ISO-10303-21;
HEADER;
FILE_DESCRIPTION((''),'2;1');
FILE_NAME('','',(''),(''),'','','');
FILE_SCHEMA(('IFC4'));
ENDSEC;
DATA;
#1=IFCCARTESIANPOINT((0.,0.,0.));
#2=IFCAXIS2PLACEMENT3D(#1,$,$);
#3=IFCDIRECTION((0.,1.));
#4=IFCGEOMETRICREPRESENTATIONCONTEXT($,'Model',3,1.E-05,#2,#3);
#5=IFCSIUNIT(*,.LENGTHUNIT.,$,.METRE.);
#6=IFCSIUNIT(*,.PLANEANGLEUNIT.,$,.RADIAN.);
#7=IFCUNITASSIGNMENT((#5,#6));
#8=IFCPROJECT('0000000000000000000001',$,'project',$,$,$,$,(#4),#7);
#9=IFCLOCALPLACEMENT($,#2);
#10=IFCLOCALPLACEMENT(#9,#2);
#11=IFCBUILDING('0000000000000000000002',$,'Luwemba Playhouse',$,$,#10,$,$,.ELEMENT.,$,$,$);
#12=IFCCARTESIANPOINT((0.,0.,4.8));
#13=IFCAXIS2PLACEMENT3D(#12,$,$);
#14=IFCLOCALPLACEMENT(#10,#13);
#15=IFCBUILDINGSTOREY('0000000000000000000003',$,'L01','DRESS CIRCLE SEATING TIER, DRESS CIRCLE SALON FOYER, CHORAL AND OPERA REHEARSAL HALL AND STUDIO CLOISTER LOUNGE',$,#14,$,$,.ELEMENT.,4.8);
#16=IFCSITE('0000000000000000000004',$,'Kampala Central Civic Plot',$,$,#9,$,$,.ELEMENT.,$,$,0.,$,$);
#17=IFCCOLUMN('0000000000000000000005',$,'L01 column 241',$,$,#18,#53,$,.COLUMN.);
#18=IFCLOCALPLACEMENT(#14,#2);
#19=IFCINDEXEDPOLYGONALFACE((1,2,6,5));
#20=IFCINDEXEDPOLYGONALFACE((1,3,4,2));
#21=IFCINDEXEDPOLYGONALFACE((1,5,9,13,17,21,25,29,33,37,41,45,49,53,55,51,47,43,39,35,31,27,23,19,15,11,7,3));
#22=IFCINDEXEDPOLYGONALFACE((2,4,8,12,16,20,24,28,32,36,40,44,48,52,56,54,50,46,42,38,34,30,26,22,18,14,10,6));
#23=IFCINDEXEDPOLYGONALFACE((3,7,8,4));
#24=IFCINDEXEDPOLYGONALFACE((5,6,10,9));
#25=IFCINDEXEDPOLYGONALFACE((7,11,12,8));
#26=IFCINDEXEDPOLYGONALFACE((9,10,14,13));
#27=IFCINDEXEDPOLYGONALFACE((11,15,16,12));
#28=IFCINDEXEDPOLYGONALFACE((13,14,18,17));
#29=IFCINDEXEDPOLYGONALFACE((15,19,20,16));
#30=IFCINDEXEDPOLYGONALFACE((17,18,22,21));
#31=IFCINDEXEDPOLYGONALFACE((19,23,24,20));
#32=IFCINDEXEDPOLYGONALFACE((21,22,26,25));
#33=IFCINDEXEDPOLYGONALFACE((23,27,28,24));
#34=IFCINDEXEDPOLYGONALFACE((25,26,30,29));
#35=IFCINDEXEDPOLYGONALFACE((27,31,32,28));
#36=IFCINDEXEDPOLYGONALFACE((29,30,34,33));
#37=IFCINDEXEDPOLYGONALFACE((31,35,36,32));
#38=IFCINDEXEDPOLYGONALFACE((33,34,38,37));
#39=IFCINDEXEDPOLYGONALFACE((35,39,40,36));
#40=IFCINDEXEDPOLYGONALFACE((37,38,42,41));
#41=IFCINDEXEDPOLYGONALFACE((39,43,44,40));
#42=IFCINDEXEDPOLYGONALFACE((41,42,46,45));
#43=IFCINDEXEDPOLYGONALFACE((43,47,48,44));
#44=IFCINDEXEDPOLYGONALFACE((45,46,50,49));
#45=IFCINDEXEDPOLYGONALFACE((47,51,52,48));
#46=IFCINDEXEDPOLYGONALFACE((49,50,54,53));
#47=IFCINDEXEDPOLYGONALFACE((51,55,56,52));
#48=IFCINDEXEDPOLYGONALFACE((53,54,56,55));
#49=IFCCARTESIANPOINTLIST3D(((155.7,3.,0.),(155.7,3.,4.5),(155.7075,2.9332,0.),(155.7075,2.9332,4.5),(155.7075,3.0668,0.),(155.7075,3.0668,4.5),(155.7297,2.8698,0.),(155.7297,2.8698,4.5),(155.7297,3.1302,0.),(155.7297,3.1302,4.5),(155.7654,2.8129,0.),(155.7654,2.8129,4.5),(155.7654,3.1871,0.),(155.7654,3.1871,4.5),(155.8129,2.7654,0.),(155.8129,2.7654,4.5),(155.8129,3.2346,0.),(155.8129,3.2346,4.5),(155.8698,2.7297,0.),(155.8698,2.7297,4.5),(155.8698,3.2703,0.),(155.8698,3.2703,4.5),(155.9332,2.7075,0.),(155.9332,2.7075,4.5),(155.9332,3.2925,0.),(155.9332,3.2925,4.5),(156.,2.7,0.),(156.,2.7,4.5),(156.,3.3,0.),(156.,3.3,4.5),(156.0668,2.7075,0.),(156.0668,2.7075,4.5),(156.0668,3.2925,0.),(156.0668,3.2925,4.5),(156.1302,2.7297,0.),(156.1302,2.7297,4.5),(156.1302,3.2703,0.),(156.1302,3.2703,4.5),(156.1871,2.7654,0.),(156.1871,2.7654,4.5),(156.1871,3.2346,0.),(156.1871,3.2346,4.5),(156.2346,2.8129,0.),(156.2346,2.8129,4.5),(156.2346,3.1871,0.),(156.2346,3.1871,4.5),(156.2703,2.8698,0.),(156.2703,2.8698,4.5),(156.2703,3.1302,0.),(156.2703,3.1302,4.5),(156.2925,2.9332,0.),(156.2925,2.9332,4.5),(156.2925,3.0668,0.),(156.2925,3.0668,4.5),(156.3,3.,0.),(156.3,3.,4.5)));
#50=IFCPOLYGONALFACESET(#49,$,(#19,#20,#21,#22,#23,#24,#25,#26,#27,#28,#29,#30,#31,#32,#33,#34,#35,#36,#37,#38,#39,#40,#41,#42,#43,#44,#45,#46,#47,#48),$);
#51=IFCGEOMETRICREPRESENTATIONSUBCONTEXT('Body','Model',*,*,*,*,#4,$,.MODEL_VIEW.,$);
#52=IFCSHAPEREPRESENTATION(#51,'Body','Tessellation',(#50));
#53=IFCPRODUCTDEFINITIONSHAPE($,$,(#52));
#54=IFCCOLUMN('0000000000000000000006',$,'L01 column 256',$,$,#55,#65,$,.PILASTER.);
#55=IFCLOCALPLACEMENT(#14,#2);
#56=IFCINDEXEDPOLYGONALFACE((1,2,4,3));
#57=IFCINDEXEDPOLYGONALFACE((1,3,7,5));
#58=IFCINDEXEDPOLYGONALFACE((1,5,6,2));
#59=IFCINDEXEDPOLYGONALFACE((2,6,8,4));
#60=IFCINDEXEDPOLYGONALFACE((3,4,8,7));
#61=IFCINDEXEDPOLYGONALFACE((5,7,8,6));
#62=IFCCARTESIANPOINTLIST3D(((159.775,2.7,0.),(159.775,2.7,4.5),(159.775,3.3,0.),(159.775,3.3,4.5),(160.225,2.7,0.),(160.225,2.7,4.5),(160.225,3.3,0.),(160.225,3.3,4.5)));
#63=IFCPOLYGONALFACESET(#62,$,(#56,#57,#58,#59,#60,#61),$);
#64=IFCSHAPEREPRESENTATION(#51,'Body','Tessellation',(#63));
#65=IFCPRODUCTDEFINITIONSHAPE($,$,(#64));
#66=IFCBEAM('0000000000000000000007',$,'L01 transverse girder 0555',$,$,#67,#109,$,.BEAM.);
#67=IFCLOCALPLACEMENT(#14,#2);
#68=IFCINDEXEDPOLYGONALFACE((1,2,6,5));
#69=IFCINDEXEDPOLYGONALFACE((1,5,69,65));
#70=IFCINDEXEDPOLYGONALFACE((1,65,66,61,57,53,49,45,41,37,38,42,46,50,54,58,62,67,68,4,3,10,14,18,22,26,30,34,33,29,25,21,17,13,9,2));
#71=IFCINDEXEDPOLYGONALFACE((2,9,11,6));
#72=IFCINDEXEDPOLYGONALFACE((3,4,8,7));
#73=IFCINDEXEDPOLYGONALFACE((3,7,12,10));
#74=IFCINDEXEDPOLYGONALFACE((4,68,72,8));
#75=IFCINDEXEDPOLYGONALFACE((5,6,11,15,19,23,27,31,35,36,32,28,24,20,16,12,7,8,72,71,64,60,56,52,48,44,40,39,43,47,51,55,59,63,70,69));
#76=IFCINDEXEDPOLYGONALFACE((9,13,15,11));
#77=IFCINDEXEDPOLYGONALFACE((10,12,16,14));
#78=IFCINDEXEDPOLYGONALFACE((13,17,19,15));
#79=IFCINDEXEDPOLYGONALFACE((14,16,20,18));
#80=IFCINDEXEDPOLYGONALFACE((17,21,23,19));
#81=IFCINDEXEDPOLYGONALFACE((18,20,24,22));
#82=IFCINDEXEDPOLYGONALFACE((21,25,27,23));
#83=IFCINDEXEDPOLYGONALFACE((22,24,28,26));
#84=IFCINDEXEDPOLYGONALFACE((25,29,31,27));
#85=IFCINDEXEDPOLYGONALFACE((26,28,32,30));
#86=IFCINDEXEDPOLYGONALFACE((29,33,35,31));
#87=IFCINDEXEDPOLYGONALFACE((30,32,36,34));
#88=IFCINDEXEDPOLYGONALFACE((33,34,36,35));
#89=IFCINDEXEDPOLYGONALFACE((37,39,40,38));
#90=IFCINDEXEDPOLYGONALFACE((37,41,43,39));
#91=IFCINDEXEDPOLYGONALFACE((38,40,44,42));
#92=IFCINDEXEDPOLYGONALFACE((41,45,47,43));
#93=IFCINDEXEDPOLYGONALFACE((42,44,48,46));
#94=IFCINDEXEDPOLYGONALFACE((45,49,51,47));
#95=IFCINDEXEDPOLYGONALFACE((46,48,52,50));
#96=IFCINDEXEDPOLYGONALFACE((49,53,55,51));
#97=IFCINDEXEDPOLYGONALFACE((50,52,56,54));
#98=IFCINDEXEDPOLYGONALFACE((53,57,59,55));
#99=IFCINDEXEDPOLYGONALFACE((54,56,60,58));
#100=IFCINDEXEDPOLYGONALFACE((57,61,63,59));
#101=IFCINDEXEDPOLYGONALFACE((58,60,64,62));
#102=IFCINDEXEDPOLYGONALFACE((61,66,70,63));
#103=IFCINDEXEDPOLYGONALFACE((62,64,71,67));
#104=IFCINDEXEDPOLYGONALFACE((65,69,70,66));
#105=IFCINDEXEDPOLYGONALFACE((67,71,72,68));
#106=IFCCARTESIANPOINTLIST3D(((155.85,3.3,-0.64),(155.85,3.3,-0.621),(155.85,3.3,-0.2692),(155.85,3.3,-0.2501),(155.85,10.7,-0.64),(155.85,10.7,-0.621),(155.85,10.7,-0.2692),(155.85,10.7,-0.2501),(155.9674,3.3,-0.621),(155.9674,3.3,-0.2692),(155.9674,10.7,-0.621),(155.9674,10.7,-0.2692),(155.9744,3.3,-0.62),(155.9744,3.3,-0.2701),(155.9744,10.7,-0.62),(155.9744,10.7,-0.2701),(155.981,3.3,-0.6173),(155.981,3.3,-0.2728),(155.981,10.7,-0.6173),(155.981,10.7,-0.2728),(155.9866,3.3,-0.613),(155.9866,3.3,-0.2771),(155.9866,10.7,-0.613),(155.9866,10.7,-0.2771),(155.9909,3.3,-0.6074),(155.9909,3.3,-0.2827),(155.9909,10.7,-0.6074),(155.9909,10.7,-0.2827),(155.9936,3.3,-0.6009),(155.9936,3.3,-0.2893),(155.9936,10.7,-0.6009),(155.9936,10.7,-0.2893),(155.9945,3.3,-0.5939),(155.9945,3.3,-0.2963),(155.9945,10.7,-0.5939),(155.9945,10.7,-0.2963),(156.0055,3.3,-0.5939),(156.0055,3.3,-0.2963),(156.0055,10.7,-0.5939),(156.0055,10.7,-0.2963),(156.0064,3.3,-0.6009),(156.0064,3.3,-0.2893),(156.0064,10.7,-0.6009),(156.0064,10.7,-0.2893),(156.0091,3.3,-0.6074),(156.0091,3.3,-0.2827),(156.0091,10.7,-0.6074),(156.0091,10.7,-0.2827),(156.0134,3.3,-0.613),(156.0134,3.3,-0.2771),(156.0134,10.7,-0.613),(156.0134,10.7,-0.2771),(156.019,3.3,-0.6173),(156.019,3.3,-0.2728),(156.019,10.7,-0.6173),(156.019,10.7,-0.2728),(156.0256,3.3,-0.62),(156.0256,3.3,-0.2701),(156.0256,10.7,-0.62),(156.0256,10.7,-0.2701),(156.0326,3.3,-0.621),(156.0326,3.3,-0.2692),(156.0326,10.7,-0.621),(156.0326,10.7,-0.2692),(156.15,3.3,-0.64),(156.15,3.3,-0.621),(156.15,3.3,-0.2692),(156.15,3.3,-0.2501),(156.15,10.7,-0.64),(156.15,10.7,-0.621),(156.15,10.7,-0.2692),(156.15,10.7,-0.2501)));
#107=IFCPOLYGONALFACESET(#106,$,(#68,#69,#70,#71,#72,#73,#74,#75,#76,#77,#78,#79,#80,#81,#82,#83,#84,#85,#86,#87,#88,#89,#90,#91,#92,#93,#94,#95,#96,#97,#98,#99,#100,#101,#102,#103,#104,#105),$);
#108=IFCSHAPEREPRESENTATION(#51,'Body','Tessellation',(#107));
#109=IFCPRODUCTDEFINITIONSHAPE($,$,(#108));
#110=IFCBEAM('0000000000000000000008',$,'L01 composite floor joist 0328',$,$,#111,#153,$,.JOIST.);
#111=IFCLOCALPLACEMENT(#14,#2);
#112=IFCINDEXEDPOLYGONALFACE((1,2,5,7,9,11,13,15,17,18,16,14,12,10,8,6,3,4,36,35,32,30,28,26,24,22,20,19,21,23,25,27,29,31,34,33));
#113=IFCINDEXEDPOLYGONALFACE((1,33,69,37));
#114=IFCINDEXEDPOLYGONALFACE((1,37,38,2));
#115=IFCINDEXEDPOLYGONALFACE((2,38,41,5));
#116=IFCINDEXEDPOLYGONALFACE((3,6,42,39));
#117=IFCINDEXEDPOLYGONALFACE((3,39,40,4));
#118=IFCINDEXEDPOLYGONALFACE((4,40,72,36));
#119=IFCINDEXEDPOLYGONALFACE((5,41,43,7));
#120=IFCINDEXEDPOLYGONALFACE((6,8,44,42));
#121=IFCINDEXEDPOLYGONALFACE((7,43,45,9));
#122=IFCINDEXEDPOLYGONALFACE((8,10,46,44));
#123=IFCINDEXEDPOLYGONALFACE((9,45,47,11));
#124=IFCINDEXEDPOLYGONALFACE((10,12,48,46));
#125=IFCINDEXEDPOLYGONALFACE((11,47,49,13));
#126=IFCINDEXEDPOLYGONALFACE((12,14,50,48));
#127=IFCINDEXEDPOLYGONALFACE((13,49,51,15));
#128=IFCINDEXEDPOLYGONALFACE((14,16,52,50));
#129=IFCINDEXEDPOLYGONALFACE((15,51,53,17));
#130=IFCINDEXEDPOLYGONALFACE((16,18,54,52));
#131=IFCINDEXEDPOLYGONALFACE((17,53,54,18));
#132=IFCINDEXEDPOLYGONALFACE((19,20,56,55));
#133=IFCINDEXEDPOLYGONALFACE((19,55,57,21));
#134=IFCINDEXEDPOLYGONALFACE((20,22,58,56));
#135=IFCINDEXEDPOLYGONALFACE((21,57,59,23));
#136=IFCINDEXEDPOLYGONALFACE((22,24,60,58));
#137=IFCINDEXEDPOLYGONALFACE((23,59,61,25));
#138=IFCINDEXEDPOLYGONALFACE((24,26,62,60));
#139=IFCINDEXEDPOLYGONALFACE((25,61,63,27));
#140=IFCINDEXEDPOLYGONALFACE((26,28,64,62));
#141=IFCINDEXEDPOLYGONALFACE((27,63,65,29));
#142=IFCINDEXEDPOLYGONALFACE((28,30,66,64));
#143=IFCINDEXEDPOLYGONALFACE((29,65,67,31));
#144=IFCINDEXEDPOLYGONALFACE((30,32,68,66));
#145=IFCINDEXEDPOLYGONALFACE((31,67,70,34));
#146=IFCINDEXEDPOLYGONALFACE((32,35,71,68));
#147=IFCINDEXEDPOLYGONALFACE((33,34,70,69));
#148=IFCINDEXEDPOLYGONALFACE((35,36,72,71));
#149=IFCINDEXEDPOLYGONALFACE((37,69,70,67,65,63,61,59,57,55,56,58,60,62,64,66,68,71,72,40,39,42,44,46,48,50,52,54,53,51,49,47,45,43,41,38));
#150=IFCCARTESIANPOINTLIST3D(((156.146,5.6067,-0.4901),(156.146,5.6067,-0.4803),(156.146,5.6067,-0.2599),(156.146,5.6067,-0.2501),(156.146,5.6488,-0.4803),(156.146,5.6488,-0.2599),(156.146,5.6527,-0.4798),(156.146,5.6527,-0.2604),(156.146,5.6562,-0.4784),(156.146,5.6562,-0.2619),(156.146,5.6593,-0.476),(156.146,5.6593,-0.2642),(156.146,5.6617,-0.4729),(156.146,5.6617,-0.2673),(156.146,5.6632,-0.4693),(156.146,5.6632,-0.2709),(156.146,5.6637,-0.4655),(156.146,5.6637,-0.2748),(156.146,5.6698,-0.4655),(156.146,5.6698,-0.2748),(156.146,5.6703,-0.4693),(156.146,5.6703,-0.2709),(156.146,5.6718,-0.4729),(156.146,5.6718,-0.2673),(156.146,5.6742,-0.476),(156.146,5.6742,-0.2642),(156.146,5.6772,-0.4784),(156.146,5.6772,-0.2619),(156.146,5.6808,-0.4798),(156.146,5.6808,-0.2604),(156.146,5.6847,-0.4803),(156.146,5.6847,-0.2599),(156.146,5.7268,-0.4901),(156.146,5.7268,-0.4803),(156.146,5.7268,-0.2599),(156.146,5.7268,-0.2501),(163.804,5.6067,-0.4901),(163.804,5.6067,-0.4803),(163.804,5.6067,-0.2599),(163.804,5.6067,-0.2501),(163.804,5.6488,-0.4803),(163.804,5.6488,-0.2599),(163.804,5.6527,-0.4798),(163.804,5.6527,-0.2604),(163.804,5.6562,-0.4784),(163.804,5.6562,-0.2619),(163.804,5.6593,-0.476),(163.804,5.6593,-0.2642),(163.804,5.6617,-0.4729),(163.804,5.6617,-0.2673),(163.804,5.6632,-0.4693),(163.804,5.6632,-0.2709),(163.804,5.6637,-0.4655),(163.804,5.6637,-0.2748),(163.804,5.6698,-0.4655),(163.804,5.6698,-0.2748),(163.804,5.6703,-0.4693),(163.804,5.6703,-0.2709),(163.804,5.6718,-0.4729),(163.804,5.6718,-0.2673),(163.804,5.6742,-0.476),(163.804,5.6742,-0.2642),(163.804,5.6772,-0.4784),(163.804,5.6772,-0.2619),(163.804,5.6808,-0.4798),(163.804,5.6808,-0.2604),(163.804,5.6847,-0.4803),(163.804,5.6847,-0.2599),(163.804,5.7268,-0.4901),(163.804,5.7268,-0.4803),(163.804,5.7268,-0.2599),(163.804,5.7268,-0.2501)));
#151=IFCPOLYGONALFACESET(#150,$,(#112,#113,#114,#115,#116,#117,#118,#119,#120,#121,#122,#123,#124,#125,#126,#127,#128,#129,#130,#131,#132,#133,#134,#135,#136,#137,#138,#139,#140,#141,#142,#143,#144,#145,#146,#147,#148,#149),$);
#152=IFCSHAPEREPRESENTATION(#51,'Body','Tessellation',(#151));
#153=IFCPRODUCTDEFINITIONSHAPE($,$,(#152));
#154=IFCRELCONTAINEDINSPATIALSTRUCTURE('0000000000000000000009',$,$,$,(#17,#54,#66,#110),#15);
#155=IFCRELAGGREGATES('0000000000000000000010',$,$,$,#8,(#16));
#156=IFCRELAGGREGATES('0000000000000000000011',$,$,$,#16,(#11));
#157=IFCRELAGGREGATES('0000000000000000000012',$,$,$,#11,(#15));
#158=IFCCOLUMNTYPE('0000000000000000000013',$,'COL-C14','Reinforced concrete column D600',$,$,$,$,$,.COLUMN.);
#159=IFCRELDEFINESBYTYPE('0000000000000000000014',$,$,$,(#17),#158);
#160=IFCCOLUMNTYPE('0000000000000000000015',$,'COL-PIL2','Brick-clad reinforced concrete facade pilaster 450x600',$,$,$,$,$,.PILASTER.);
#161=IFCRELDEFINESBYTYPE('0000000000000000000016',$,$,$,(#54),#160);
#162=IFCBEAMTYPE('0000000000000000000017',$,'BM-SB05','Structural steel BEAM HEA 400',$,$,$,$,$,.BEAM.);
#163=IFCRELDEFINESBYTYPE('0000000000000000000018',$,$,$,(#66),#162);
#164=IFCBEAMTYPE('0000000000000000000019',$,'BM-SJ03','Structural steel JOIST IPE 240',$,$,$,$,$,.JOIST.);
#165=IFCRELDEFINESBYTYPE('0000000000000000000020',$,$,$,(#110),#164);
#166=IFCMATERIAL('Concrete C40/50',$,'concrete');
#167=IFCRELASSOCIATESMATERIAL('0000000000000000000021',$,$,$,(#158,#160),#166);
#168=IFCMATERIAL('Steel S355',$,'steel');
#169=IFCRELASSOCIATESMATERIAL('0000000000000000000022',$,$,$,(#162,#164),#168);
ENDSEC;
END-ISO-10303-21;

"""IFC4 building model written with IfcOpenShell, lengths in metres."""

from ifc_helpers import new_model, si_unit, direction, frame, origin, origin_2d, place, context, subcontext, project, spatial, rectangle, circle, i_section, extrude, material, material_profile, profile_set, type_object, element, save


model = new_model("IFC4")

# Units and contexts
model_context = context("Model", 3, precision=1e-05, world=origin(), true_north=direction((0.0, 1.0)))
body_context = subcontext(model_context, "Body", "Model", "MODEL_VIEW")
ifc_project = project(units=[si_unit("LENGTHUNIT", "METRE"), si_unit("PLANEANGLEUNIT", "RADIAN")], contexts=[model_context])

# Site, building, storey
site_placement = place(None, origin())
site = spatial("IfcSite", under=ifc_project, at=site_placement, Name="Kampala Central Civic Plot", CompositionType="ELEMENT", RefElevation=0.0)
building_placement = place(site_placement, origin())
building = spatial("IfcBuilding", under=site, at=building_placement, Name="Luwemba Playhouse", CompositionType="ELEMENT")
storey_placement = place(building_placement, frame((0.0, 0.0, 4.8)))
storey = spatial("IfcBuildingStorey", under=building, at=storey_placement, Name="L01", Description="DRESS CIRCLE SEATING TIER, DRESS CIRCLE SALON FOYER, CHORAL AND OPERA REHEARSAL HALL AND STUDIO CLOISTER LOUNGE", CompositionType="ELEMENT", Elevation=4.8)

# Columns
ifc_material_1 = material(Name="Concrete C40/50", Category="concrete")
ifc_material_profile_1 = material_profile(ifc_material_1, circle(Radius=0.3, at=origin_2d()))
ifc_profile_set_1 = profile_set([ifc_material_profile_1], Name="Concrete C40/50")
column_type_1 = type_object("IfcColumnType", Name="COL-C14", Description="Reinforced concrete column D600", PredefinedType="COLUMN", material=ifc_profile_set_1)
column_1_placement = place(storey_placement, frame((156.0, 3.0, 0.0), z_axis=(0.0, 0.0, 1.0), x_axis=(1.0, 0.0, 0.0)))
element("IfcColumn", 1, at=column_1_placement, inside=storey, type_object=column_type_1, Name="L01 column 241", PredefinedType="COLUMN", context=body_context, shape_type="SweptSolid", body=[
    extrude(circle(Radius=0.3, at=origin_2d()), origin(), (0.0, 0.0, 1.0), 4.5),
])
ifc_material_profile_2 = material_profile(ifc_material_1, rectangle(XDim=0.45, YDim=0.6001, at=origin_2d()))
ifc_profile_set_2 = profile_set([ifc_material_profile_2], Name="Concrete C40/50")
column_type_2 = type_object("IfcColumnType", Name="COL-PIL2", Description="Brick-clad reinforced concrete facade pilaster 450x600", PredefinedType="PILASTER", material=ifc_profile_set_2)
column_2_placement = place(storey_placement, frame((160.0, 3.0, 0.0), z_axis=(0.0, 0.0, 1.0), x_axis=(1.0, 0.0, 0.0)))
element("IfcColumn", 2, at=column_2_placement, inside=storey, type_object=column_type_2, Name="L01 column 256", PredefinedType="PILASTER", context=body_context, shape_type="SweptSolid", body=[
    extrude(rectangle(XDim=0.45, YDim=0.6001, at=origin_2d()), origin(), (0.0, 0.0, 1.0), 4.5),
])

# Beams
ifc_material_2 = material(Name="Steel S355", Category="steel")
ifc_material_profile_3 = material_profile(ifc_material_2, i_section(OverallWidth=0.3, OverallDepth=0.3899, WebThickness=0.011, FlangeThickness=0.019, FilletRadius=0.0271, at=origin_2d()))
ifc_profile_set_3 = profile_set([ifc_material_profile_3], Name="Steel S355")
beam_type_1 = type_object("IfcBeamType", Name="BM-SB05", Description="Structural steel BEAM HEA 400", PredefinedType="BEAM", material=ifc_profile_set_3)
beam_1_placement = place(storey_placement, frame((156.0, 3.3, -0.4451), z_axis=(0.0, 1.0, 0.0), x_axis=(-1.0, 0.0, 0.0)))
element("IfcBeam", 3, at=beam_1_placement, inside=storey, type_object=beam_type_1, Name="L01 transverse girder 0555", PredefinedType="BEAM", context=body_context, shape_type="SweptSolid", body=[
    extrude(i_section(OverallWidth=0.3, OverallDepth=0.3899, WebThickness=0.011, FlangeThickness=0.019, FilletRadius=0.0271, at=origin_2d()), origin(), (0.0, 0.0, 1.0), 7.3999),
])
ifc_material_profile_4 = material_profile(ifc_material_2, i_section(OverallWidth=0.1201, OverallDepth=0.24, WebThickness=0.0061, FlangeThickness=0.0098, FilletRadius=0.0149, at=origin_2d()))
ifc_profile_set_4 = profile_set([ifc_material_profile_4], Name="Steel S355")
beam_type_2 = type_object("IfcBeamType", Name="BM-SJ03", Description="Structural steel JOIST IPE 240", PredefinedType="JOIST", material=ifc_profile_set_4)
beam_2_placement = place(storey_placement, frame((156.146, 5.6667, -0.3701), z_axis=(1.0, 0.0, 0.0), x_axis=(0.0, 1.0, 0.0)))
element("IfcBeam", 4, at=beam_2_placement, inside=storey, type_object=beam_type_2, Name="L01 composite floor joist 0328", PredefinedType="JOIST", context=body_context, shape_type="SweptSolid", body=[
    extrude(i_section(OverallWidth=0.1201, OverallDepth=0.24, WebThickness=0.0061, FlangeThickness=0.0098, FilletRadius=0.0149, at=origin_2d()), origin(), (0.0, 0.0, 1.0), 7.658),
])

save(model, "model.ifc")
